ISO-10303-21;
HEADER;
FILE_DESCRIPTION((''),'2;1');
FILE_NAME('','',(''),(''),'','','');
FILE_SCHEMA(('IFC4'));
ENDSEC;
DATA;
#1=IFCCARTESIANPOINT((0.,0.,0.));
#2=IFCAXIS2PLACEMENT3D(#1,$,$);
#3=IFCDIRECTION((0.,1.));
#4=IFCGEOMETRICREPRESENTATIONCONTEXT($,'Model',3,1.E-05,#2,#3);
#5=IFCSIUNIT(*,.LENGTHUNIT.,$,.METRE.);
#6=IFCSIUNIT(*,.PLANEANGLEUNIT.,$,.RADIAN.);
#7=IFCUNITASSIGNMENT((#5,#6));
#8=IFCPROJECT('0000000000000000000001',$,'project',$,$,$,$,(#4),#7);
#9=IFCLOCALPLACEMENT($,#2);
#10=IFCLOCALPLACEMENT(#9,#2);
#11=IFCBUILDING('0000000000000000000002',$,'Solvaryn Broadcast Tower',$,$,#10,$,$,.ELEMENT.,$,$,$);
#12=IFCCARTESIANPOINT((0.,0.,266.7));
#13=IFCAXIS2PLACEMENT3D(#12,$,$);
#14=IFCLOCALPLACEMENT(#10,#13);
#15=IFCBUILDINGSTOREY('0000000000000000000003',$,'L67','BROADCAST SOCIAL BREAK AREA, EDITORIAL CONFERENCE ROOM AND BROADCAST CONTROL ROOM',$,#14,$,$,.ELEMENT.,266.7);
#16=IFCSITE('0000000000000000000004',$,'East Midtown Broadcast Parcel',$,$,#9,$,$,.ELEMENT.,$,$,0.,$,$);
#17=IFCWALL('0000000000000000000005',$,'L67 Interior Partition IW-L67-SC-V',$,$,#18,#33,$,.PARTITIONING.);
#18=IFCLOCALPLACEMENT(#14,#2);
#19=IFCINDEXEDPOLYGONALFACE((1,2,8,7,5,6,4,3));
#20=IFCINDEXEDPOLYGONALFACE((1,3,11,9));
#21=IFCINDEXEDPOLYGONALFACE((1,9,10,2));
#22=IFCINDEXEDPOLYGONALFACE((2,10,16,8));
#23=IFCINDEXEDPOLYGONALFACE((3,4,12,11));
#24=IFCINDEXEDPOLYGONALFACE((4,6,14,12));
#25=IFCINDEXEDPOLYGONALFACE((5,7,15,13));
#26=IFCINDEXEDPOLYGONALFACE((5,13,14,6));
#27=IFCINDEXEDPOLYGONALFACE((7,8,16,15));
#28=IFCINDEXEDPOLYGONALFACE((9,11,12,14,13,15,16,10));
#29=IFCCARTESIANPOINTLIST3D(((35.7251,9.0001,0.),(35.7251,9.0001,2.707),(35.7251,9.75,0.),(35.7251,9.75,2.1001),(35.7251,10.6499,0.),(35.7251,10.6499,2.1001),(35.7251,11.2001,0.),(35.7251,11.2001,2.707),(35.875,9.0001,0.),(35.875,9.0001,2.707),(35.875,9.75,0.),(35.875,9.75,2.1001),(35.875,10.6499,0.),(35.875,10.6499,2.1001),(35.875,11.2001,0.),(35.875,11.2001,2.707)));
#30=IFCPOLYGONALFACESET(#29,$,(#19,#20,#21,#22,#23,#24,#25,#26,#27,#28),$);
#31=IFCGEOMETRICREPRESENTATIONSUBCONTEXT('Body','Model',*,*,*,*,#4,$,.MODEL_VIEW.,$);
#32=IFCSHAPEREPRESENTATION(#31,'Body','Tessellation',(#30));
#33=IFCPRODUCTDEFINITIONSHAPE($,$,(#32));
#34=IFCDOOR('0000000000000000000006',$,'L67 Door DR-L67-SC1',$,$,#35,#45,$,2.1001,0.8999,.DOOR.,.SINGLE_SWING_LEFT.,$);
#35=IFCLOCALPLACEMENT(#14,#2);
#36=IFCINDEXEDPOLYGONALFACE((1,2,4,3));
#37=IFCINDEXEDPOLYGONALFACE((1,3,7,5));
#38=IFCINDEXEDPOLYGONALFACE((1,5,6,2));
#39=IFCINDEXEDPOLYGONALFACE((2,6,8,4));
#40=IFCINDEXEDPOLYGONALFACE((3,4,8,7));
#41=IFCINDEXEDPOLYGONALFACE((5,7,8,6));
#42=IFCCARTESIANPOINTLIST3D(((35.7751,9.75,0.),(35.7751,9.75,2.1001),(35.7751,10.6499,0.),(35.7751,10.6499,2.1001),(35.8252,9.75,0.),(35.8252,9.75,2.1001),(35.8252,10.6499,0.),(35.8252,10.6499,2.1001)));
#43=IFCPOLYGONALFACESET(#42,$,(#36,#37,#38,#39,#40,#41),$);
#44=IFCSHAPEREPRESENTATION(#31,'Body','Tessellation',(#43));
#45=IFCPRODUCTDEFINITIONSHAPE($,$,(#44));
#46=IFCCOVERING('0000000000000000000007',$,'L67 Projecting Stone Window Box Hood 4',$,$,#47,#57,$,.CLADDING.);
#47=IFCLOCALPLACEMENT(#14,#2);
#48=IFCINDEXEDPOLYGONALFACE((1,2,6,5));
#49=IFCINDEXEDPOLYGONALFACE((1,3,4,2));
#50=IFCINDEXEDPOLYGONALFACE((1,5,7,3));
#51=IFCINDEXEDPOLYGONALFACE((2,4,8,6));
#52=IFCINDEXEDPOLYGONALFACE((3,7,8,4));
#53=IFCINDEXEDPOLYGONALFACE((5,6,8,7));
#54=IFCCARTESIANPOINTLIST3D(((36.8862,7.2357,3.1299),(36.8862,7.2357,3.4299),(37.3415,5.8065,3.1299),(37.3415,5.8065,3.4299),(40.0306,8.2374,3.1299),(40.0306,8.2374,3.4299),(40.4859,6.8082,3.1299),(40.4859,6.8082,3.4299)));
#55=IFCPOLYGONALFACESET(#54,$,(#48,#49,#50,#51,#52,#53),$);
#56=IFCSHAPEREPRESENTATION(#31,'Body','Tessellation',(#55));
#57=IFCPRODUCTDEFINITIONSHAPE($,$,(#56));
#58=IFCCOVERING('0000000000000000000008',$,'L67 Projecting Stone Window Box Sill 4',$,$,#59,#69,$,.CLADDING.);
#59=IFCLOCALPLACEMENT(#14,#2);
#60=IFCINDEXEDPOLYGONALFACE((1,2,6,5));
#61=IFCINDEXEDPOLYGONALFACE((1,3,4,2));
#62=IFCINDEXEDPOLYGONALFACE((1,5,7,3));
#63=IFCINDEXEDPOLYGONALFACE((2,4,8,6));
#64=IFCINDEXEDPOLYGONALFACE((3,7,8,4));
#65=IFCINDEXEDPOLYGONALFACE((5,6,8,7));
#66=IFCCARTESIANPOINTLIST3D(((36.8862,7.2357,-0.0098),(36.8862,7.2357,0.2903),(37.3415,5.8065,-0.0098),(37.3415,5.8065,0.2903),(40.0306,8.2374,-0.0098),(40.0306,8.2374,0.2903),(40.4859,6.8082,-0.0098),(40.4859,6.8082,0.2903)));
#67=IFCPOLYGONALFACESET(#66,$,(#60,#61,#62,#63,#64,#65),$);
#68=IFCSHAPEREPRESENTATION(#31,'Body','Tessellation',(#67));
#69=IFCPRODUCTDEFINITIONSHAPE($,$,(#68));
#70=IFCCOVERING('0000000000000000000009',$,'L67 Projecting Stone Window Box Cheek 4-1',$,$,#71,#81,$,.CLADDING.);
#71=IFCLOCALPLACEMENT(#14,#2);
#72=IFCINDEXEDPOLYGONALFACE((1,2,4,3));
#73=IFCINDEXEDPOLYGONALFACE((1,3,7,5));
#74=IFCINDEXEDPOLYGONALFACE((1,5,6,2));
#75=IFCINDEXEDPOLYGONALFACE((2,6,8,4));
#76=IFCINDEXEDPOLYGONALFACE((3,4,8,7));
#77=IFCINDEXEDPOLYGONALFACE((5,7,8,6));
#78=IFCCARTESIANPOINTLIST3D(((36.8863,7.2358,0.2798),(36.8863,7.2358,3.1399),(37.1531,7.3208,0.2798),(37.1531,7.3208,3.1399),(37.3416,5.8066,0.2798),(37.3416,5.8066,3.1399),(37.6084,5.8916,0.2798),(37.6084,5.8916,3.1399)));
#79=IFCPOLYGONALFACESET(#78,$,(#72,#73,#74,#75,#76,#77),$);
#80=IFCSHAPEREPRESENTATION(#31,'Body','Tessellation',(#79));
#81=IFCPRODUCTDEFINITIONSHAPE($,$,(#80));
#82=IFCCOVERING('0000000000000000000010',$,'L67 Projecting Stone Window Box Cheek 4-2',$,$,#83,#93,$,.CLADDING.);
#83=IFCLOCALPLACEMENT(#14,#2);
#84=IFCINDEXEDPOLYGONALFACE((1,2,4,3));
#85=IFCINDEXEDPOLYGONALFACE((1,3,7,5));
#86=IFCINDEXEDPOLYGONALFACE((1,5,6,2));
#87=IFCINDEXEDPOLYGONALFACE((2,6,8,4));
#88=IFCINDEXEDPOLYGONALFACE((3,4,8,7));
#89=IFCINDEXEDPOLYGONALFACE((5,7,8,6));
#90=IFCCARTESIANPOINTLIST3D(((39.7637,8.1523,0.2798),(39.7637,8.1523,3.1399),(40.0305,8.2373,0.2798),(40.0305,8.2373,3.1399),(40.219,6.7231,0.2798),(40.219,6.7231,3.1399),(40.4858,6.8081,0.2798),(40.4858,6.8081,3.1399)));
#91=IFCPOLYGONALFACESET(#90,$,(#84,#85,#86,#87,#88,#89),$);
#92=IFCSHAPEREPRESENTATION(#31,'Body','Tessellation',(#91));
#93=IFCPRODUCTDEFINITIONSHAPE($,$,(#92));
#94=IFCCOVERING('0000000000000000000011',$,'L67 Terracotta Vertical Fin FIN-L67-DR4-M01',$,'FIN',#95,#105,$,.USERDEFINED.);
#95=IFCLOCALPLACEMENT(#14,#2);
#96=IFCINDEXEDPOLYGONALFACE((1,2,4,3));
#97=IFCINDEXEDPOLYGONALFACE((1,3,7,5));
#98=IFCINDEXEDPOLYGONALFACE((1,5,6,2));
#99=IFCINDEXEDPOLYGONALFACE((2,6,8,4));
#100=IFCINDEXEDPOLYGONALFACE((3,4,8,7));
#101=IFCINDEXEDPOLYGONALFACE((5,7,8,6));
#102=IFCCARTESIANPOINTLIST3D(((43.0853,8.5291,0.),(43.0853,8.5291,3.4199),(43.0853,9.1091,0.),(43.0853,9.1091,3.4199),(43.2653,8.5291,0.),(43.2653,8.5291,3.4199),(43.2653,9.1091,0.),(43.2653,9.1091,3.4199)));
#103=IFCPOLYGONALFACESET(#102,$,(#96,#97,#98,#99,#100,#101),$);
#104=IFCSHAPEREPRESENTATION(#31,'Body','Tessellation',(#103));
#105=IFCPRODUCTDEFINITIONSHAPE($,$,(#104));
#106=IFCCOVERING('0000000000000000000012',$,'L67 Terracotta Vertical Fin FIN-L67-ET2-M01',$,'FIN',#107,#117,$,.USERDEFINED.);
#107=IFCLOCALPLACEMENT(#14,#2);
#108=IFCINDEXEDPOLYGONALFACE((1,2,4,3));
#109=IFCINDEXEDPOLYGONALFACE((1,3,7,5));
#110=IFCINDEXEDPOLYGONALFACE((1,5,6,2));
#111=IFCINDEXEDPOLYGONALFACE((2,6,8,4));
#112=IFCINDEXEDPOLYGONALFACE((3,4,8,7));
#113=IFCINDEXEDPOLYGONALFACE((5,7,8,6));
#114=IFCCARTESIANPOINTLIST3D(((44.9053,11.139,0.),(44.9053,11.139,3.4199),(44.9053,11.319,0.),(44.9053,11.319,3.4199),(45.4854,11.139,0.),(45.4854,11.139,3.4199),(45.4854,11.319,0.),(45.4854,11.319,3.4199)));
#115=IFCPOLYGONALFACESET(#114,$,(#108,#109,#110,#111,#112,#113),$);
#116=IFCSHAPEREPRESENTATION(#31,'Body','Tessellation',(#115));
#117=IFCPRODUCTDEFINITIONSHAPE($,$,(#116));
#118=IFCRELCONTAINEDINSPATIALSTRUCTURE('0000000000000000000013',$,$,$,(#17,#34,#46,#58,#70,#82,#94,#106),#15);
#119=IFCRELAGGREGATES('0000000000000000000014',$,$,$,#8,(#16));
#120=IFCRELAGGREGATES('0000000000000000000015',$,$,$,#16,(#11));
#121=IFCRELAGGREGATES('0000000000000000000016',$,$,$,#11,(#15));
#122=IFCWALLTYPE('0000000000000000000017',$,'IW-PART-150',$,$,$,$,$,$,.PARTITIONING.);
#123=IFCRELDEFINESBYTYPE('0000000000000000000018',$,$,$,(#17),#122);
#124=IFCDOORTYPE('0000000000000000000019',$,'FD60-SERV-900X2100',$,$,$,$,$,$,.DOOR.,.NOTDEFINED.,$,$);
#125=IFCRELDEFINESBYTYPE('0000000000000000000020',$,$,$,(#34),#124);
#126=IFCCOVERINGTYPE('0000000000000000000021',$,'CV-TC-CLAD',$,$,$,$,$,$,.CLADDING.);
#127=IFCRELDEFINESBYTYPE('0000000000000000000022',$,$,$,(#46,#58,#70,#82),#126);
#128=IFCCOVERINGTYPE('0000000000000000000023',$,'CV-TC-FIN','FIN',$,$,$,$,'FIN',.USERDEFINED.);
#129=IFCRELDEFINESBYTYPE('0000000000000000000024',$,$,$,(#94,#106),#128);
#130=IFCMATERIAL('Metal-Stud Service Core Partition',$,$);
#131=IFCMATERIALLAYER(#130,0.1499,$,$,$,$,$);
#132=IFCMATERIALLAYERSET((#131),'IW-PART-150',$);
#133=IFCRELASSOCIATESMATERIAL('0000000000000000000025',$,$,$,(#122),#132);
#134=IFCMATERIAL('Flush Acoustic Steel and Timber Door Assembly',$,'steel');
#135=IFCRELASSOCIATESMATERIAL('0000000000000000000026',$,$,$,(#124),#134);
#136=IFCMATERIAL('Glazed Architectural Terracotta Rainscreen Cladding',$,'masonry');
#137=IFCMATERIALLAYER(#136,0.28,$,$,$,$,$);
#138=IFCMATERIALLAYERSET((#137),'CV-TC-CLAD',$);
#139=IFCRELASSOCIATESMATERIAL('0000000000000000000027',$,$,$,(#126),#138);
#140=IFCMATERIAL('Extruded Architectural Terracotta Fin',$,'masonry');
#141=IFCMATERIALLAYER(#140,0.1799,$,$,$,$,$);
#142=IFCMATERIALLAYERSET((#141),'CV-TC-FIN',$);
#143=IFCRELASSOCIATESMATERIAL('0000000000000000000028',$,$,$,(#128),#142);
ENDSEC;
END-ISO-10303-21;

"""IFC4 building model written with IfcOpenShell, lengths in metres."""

from ifc_helpers import new_model, si_unit, direction, frame, frame_2d, origin, origin_2d, place, context, subcontext, project, spatial, rectangle, extrude, material, layer, layer_set, type_object, element, fill, save


model = new_model("IFC4")

# Units and contexts
model_context = context("Model", 3, precision=1e-05, world=origin(), true_north=direction((0.0, 1.0)))
body_context = subcontext(model_context, "Body", "Model", "MODEL_VIEW")
ifc_project = project(units=[si_unit("LENGTHUNIT", "METRE"), si_unit("PLANEANGLEUNIT", "RADIAN")], contexts=[model_context])

# Site, building, storey
site_placement = place(None, origin())
site = spatial("IfcSite", under=ifc_project, at=site_placement, Name="East Midtown Broadcast Parcel", CompositionType="ELEMENT", RefElevation=0.0)
building_placement = place(site_placement, origin())
building = spatial("IfcBuilding", under=site, at=building_placement, Name="Solvaryn Broadcast Tower", CompositionType="ELEMENT")
storey_placement = place(building_placement, frame((0.0, 0.0, 266.7)))
storey = spatial("IfcBuildingStorey", under=building, at=storey_placement, Name="L67", Description="BROADCAST SOCIAL BREAK AREA, EDITORIAL CONFERENCE ROOM AND BROADCAST CONTROL ROOM", CompositionType="ELEMENT", Elevation=266.7)

# Wall, opening, door
ifc_material_1 = material(Name="Metal-Stud Service Core Partition")
ifc_layer_1 = layer(ifc_material_1, 0.1499)
ifc_layer_set_1 = layer_set([ifc_layer_1], Name="IW-PART-150")
wall_type_1 = type_object("IfcWallType", Name="IW-PART-150", PredefinedType="PARTITIONING", material=ifc_layer_set_1)
ifc_material_2 = material(Name="Flush Acoustic Steel and Timber Door Assembly", Category="steel")
door_type = type_object("IfcDoorType", Name="FD60-SERV-900X2100", OperationType="NOTDEFINED", PredefinedType="DOOR", material=ifc_material_2)
wall_1_placement = place(storey_placement, frame((35.8, 9.0, 0.0), z_axis=(0.0, 0.0, 1.0), x_axis=(0.0, 1.0, 0.0)))
wall_1 = element("IfcWall", 1, at=wall_1_placement, inside=storey, type_object=wall_type_1, Name="L67 Interior Partition IW-L67-SC-V", PredefinedType="PARTITIONING", context=body_context, shape_type="SweptSolid", body=[
    extrude(rectangle(XDim=2.2, YDim=0.1499, at=frame_2d((1.1001, 0.0))), origin(), (0.0, 0.0, 1.0), 2.707),
])
opening_1_placement = place(wall_1_placement, frame((0.75, 0.0, 0.0)))
opening_1 = element("IfcOpeningElement", 2, at=opening_1_placement, cuts=wall_1, PredefinedType="OPENING", context=body_context, shape_type="SweptSolid", body=[
    extrude(rectangle(XDim=0.8999, YDim=2.1001, at=frame_2d((0.45, 1.05))), frame((0.0, 0.085, 0.0), z_axis=(0.0, -1.0, 0.0), x_axis=(1.0, 0.0, 0.0)), (0.0, 0.0, 1.0), 0.1699),
])
door_1_placement = place(opening_1_placement, origin())
door_1 = element("IfcDoor", 3, at=door_1_placement, inside=storey, type_object=door_type, Name="L67 Door DR-L67-SC1", OperationType="SINGLE_SWING_LEFT", OverallHeight=2.1001, OverallWidth=0.8999, PredefinedType="DOOR", context=body_context, shape_type="SweptSolid", body=[
    extrude(rectangle(XDim=0.8999, YDim=2.1001, at=frame_2d((0.45, 1.05))), frame((0.0, 0.0249, 0.0), z_axis=(0.0, -1.0, 0.0), x_axis=(1.0, 0.0, 0.0)), (0.0, 0.0, 1.0), 0.05),
])
fill(opening_1, door_1)

# Coverings
ifc_material_3 = material(Name="Glazed Architectural Terracotta Rainscreen Cladding", Category="masonry")
ifc_layer_2 = layer(ifc_material_3, 0.28)
ifc_layer_set_2 = layer_set([ifc_layer_2], Name="CV-TC-CLAD")
covering_type_1 = type_object("IfcCoveringType", Name="CV-TC-CLAD", PredefinedType="CLADDING", material=ifc_layer_set_2)
for number, where, z_axis, x_axis, name in (
    (4, (38.686, 7.022, 3.1299), (0.0, 0.0, 1.0), (0.952821, 0.303534, 0.0), "L67 Projecting Stone Window Box Hood 4"),
    (5, (38.686, 7.022, -0.0098), (0.0, 0.0, 1.0), (0.952821, 0.303534, 0.0), "L67 Projecting Stone Window Box Sill 4"),
):
    element("IfcCovering", number, at=place(storey_placement, frame(where, z_axis=z_axis, x_axis=x_axis)), inside=storey, type_object=covering_type_1, Name=name, PredefinedType="CLADDING", context=body_context, shape_type="SweptSolid", body=[
        extrude(rectangle(XDim=3.3, YDim=1.5, at=origin_2d()), origin(), (0.0, 0.0, 1.0), 0.3),
    ])
for number, where, z_axis, x_axis, name in (
    (6, (37.2473, 6.5637, 0.2798), (0.0, 0.0, 1.0), (0.952821, 0.303534, 0.0), "L67 Projecting Stone Window Box Cheek 4-1"),
    (7, (40.1248, 7.4802, 0.2798), (0.0, 0.0, 1.0), (0.952821, 0.303534, 0.0), "L67 Projecting Stone Window Box Cheek 4-2"),
):
    element("IfcCovering", number, at=place(storey_placement, frame(where, z_axis=z_axis, x_axis=x_axis)), inside=storey, type_object=covering_type_1, Name=name, PredefinedType="CLADDING", context=body_context, shape_type="SweptSolid", body=[
        extrude(rectangle(XDim=0.28, YDim=1.5, at=origin_2d()), origin(), (0.0, 0.0, 1.0), 2.8601),
    ])
ifc_material_4 = material(Name="Extruded Architectural Terracotta Fin", Category="masonry")
ifc_layer_3 = layer(ifc_material_4, 0.1799)
ifc_layer_set_3 = layer_set([ifc_layer_3], Name="CV-TC-FIN")
covering_type_2 = type_object("IfcCoveringType", Name="CV-TC-FIN", Description="FIN", ElementType="FIN", PredefinedType="USERDEFINED", material=ifc_layer_set_3)
covering_1_placement = place(storey_placement, frame((43.1753, 8.8191, 0.0), z_axis=(0.0, 0.0, 1.0), x_axis=(1.0, 0.0, 0.0)))
element("IfcCovering", 8, at=covering_1_placement, inside=storey, type_object=covering_type_2, Name="L67 Terracotta Vertical Fin FIN-L67-DR4-M01", ObjectType="FIN", PredefinedType="USERDEFINED", context=body_context, shape_type="SweptSolid", body=[
    extrude(rectangle(XDim=0.1799, YDim=0.5801, at=origin_2d()), origin(), (0.0, 0.0, 1.0), 3.4199),
])
covering_2_placement = place(storey_placement, frame((45.1953, 11.229, 0.0), z_axis=(0.0, 0.0, 1.0), x_axis=(1.0, 0.0, 0.0)))
element("IfcCovering", 9, at=covering_2_placement, inside=storey, type_object=covering_type_2, Name="L67 Terracotta Vertical Fin FIN-L67-ET2-M01", ObjectType="FIN", PredefinedType="USERDEFINED", context=body_context, shape_type="SweptSolid", body=[
    extrude(rectangle(XDim=0.5801, YDim=0.1799, at=origin_2d()), origin(), (0.0, 0.0, 1.0), 3.4199),
])

save(model, "model.ifc")
